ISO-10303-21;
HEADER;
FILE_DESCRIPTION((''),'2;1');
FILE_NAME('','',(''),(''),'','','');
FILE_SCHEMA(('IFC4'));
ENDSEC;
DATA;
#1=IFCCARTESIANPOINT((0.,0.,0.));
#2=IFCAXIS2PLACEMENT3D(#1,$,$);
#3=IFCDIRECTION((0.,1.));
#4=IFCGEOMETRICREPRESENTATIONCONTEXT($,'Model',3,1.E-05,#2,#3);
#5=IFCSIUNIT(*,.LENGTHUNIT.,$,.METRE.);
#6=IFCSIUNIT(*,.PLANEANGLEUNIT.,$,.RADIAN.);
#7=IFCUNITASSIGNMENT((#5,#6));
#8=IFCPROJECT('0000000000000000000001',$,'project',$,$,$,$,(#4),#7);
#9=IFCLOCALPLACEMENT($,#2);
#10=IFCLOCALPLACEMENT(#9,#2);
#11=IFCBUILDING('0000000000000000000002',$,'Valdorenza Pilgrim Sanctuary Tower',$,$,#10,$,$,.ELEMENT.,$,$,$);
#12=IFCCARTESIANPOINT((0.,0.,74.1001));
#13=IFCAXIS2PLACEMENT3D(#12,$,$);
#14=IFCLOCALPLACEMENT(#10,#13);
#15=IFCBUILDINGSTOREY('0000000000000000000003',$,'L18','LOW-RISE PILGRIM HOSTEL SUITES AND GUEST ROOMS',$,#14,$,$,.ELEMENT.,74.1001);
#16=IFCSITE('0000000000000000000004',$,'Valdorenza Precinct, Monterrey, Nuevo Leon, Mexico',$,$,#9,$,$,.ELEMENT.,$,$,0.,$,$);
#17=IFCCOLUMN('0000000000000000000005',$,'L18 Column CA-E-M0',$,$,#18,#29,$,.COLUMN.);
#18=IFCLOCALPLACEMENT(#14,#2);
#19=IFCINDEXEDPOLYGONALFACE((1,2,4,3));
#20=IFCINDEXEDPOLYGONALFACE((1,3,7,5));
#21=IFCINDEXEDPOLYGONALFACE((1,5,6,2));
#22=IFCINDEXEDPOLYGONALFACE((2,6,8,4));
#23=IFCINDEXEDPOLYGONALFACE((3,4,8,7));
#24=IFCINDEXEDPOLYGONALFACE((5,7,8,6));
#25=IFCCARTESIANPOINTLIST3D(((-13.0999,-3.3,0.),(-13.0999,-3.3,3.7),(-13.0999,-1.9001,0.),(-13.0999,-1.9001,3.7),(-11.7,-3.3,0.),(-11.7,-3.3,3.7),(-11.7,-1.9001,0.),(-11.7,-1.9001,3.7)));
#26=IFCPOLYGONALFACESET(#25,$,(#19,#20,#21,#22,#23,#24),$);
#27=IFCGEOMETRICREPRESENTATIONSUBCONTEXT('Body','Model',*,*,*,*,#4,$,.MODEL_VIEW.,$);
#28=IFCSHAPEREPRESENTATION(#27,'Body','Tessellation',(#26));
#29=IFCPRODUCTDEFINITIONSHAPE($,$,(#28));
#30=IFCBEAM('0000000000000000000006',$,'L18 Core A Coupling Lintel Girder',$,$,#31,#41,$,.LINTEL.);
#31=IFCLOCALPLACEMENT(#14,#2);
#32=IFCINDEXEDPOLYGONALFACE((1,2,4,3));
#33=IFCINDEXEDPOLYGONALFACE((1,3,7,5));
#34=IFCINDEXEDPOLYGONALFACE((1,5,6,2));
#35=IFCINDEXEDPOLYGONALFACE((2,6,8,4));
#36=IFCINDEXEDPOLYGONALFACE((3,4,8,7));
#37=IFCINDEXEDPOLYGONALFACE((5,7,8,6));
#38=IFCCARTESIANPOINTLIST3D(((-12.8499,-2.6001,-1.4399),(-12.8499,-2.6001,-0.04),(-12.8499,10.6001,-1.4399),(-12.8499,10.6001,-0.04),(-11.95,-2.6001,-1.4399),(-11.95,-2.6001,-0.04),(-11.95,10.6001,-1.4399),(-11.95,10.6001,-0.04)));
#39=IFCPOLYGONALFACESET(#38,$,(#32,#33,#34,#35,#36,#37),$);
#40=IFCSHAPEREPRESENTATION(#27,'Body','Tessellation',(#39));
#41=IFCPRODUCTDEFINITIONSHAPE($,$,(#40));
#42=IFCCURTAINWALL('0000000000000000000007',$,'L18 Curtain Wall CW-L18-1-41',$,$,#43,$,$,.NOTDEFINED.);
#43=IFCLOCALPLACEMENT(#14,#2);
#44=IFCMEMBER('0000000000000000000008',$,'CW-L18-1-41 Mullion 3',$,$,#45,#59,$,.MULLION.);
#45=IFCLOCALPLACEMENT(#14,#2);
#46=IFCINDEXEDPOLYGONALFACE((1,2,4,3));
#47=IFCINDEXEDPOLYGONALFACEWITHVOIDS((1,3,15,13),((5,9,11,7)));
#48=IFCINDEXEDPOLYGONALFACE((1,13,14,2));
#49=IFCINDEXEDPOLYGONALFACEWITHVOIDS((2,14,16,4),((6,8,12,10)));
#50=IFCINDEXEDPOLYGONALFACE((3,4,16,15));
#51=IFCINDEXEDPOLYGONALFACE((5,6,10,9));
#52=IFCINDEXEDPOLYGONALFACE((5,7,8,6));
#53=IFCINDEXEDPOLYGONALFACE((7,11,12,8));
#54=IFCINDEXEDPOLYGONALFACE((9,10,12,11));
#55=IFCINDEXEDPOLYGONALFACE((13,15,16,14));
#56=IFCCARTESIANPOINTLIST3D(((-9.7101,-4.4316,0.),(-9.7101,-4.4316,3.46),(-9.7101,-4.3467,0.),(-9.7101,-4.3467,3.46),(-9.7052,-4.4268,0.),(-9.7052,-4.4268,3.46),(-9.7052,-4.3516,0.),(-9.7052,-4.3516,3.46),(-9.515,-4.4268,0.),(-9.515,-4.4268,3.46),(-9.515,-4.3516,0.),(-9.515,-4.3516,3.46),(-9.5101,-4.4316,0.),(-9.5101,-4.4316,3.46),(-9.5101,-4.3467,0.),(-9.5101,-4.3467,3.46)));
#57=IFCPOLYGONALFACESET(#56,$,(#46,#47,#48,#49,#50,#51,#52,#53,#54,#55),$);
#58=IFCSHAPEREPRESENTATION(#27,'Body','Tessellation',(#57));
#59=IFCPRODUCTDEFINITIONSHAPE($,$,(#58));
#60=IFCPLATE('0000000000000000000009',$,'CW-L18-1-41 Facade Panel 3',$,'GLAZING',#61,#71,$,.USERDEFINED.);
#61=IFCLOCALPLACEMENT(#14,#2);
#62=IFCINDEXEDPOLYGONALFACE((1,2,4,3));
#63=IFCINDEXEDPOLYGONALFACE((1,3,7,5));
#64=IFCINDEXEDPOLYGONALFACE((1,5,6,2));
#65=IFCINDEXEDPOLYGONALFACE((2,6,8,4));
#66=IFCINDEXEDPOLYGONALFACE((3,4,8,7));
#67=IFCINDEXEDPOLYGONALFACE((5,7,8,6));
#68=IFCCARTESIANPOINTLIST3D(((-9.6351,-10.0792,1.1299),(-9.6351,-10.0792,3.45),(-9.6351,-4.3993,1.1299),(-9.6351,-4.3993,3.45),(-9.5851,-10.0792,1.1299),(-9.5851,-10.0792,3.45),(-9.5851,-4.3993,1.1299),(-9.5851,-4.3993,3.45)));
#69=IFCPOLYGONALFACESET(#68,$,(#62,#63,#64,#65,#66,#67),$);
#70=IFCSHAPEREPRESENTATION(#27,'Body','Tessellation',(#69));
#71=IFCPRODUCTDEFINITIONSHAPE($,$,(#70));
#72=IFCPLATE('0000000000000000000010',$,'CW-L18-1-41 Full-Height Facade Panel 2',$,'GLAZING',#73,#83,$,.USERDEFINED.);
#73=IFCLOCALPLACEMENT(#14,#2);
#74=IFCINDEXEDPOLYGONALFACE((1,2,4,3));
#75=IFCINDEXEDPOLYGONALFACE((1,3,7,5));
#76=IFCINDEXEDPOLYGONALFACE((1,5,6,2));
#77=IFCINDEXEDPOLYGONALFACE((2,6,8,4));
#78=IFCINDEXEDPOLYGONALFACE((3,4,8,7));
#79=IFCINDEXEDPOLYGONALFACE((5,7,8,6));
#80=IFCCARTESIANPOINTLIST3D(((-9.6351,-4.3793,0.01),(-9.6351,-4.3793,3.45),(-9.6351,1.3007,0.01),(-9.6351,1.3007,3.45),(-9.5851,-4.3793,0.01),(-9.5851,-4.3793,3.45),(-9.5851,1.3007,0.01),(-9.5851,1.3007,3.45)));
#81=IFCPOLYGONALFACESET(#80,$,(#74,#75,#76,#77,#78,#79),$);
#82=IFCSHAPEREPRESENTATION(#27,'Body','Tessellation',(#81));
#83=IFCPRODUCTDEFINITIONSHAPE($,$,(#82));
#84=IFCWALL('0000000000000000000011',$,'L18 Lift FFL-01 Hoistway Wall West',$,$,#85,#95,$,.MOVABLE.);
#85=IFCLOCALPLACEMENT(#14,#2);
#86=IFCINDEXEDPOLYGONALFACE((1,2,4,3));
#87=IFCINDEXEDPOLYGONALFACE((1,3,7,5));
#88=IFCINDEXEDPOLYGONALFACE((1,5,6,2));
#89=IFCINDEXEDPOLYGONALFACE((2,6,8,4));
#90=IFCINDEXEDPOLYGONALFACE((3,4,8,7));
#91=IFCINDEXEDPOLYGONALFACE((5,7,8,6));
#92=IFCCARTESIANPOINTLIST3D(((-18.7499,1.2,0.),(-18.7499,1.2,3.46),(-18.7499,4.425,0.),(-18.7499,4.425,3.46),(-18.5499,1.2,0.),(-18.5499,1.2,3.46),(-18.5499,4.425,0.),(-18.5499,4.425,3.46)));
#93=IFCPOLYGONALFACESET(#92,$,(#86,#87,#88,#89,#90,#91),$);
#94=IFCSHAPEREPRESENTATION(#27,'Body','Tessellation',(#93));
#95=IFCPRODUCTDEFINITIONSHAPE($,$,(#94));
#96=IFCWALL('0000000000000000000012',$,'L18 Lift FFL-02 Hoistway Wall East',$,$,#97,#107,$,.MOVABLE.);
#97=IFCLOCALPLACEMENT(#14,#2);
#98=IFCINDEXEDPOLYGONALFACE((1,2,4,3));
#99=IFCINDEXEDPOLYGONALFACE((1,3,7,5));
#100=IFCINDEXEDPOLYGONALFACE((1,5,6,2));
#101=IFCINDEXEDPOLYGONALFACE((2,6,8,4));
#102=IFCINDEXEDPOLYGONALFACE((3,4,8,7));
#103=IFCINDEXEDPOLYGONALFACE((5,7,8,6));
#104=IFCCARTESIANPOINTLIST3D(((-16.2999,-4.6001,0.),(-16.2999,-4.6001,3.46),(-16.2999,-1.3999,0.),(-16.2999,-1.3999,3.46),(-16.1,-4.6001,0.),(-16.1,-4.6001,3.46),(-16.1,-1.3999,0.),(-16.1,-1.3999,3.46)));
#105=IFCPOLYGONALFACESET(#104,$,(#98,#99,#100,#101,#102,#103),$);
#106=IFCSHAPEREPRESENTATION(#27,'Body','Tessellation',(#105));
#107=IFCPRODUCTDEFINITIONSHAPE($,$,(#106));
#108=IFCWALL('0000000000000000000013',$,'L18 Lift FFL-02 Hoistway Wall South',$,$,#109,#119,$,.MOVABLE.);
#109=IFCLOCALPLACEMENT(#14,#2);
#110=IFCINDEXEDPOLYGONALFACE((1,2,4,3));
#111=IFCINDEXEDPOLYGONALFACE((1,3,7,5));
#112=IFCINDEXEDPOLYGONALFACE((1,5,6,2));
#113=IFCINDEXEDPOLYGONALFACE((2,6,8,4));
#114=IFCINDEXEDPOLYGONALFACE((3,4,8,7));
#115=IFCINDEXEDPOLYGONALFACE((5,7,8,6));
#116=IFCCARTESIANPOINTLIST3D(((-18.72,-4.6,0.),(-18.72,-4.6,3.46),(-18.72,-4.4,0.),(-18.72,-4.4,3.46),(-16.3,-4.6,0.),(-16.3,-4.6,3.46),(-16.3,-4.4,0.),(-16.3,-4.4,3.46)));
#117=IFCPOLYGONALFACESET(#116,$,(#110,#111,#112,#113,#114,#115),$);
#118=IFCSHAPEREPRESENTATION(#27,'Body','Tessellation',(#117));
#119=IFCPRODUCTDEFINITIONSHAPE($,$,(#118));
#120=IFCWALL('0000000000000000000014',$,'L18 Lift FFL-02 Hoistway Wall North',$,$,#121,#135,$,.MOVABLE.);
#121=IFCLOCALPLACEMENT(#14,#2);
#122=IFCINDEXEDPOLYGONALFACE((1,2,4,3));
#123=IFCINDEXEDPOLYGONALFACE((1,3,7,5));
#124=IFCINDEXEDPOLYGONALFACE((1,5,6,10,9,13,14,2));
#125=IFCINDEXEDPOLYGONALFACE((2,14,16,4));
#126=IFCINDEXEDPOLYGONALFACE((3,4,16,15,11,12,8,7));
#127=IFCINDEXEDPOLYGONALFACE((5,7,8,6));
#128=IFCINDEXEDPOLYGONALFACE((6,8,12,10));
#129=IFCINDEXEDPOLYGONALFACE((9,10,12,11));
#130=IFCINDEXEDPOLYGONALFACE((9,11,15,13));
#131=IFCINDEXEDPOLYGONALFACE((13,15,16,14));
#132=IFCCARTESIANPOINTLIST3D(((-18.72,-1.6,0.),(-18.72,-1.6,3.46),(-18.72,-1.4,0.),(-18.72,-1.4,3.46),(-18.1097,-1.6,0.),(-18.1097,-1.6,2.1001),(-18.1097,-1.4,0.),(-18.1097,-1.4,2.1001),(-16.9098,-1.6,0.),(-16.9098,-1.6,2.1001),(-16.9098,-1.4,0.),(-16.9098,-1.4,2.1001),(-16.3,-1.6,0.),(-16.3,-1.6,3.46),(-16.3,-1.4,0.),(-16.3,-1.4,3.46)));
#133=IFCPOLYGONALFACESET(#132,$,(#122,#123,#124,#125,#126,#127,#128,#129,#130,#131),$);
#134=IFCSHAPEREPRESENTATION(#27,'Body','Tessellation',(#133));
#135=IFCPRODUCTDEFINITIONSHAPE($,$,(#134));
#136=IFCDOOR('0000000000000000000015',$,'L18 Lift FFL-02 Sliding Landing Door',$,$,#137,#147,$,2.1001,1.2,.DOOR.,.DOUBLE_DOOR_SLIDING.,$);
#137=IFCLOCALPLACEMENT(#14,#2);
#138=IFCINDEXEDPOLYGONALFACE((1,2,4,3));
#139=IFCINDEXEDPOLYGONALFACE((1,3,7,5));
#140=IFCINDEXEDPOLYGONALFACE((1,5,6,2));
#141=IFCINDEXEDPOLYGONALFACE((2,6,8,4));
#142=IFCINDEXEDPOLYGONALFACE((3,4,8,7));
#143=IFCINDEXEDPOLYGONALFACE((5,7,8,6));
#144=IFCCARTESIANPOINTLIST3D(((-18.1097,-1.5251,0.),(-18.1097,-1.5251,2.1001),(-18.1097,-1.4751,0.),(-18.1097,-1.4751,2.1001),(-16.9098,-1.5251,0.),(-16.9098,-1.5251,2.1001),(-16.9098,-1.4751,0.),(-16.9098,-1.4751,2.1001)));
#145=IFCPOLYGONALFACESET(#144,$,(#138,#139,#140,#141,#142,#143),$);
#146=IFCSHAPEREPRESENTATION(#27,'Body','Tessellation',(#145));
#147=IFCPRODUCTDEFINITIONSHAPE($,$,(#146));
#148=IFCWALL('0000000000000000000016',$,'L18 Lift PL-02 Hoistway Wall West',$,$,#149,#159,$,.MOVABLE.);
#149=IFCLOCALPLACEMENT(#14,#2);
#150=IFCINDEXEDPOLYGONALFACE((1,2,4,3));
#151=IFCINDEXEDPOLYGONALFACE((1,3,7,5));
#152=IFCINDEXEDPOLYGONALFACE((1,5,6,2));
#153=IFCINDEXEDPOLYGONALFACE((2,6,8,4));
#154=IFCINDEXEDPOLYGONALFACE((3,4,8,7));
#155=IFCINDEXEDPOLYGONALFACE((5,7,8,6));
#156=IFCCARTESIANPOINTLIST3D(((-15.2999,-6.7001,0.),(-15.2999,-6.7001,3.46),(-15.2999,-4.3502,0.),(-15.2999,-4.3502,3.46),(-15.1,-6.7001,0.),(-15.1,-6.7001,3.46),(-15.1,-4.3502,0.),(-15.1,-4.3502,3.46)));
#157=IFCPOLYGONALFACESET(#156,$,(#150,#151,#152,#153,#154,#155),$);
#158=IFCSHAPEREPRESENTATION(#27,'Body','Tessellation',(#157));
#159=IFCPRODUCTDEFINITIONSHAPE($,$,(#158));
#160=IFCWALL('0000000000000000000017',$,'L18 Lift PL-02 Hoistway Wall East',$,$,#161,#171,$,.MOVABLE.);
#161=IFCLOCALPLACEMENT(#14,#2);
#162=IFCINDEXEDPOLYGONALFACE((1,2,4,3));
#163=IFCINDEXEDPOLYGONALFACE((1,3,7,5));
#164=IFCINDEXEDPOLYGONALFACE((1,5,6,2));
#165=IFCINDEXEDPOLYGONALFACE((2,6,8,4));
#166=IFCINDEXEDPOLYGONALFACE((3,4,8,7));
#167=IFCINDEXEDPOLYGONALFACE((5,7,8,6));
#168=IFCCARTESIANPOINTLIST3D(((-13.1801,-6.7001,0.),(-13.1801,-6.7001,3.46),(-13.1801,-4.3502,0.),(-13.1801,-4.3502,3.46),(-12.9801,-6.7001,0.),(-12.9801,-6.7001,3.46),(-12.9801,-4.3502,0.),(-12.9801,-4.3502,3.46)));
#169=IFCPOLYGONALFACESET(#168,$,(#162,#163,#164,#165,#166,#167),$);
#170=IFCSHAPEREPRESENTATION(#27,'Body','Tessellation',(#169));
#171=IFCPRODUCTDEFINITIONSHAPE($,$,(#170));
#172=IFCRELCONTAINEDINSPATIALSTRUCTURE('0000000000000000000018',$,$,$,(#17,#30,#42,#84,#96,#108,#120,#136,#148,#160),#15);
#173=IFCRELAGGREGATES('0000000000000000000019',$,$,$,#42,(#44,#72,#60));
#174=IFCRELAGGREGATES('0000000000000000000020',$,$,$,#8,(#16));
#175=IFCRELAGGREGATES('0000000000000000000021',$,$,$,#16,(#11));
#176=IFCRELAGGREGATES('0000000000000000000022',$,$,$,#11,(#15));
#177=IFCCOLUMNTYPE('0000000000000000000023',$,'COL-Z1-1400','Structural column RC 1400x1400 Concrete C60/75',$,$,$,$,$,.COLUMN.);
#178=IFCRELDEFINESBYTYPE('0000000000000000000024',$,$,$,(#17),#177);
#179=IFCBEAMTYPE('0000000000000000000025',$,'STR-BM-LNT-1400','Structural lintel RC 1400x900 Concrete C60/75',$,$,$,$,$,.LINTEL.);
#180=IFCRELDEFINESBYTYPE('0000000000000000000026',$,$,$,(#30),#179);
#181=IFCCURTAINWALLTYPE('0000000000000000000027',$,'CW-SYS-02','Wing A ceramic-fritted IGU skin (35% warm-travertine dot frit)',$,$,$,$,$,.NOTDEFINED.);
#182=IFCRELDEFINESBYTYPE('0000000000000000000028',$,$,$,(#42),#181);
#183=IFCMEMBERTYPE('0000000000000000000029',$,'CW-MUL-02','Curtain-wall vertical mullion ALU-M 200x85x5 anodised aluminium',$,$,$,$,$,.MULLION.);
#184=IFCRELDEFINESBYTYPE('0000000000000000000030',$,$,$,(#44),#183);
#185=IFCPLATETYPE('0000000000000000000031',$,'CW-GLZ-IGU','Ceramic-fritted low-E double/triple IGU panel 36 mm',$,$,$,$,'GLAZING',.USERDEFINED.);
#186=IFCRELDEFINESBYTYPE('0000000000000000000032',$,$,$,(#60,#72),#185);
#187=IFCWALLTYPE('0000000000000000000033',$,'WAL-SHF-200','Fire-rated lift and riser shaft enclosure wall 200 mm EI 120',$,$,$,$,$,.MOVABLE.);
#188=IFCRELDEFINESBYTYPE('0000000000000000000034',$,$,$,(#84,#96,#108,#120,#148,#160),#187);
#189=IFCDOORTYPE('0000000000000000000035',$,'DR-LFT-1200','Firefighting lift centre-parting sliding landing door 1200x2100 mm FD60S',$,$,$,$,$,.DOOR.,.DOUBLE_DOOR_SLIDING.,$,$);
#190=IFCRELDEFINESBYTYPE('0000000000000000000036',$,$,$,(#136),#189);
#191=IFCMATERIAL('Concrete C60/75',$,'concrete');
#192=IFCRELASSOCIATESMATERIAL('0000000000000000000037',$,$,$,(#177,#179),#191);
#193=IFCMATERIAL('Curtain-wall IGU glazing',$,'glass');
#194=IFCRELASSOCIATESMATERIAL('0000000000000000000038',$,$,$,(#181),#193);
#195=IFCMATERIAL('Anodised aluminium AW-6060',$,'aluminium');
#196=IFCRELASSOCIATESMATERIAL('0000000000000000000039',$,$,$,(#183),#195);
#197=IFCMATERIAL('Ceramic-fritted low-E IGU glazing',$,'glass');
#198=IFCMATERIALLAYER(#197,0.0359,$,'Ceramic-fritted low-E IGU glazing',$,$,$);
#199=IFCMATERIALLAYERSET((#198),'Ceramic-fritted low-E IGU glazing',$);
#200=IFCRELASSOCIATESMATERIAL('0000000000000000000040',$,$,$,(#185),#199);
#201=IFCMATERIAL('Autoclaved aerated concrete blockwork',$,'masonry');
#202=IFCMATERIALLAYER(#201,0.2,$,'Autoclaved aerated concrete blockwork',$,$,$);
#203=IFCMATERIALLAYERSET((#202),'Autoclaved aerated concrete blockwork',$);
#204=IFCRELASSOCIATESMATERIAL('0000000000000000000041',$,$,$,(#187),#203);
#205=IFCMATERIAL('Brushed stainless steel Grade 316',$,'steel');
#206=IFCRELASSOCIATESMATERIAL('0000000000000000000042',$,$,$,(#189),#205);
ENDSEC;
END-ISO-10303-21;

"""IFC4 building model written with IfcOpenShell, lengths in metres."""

from ifc_helpers import new_model, si_unit, direction, frame, frame_2d, origin, origin_2d, place, context, subcontext, project, spatial, rectangle, hollow_rectangle, extrude, source, transform, mapped, material, layer, layer_set, material_profile, profile_set, type_object, element, fill, aggregate, save


model = new_model("IFC4")

# Units and contexts
model_context = context("Model", 3, precision=1e-05, world=origin(), true_north=direction((0.0, 1.0)))
body_context = subcontext(model_context, "Body", "Model", "MODEL_VIEW")
ifc_project = project(units=[si_unit("LENGTHUNIT", "METRE"), si_unit("PLANEANGLEUNIT", "RADIAN")], contexts=[model_context])

# Site, building, storey
site_placement = place(None, origin())
site = spatial("IfcSite", under=ifc_project, at=site_placement, Name="Valdorenza Precinct, Monterrey, Nuevo Leon, Mexico", CompositionType="ELEMENT", RefElevation=0.0)
building_placement = place(site_placement, origin())
building = spatial("IfcBuilding", under=site, at=building_placement, Name="Valdorenza Pilgrim Sanctuary Tower", CompositionType="ELEMENT")
storey_placement = place(building_placement, frame((0.0, 0.0, 74.1001)))
storey = spatial("IfcBuildingStorey", under=building, at=storey_placement, Name="L18", Description="LOW-RISE PILGRIM HOSTEL SUITES AND GUEST ROOMS", CompositionType="ELEMENT", Elevation=74.1001)

# Column
ifc_material_1 = material(Name="Concrete C60/75", Category="concrete")
ifc_material_profile_1 = material_profile(ifc_material_1, rectangle(XDim=1.3999, YDim=1.3999, at=origin_2d()), Name="RC 1400x1400")
ifc_profile_set_1 = profile_set([ifc_material_profile_1], Name="Concrete C60/75")
column_type = type_object("IfcColumnType", Name="COL-Z1-1400", Description="Structural column RC 1400x1400 Concrete C60/75", PredefinedType="COLUMN", material=ifc_profile_set_1)
shared_shape_1 = source(origin(), body_context, "Body", "SweptSolid", [
    extrude(rectangle(XDim=1.3999, YDim=1.3999, at=origin_2d()), origin(), (0.0, 0.0, 1.0), 3.7),
])
column_placement = place(storey_placement, frame((-12.3999, -2.6001, 0.0), z_axis=(0.0, 0.0, 1.0), x_axis=(1.0, 0.0, 0.0)))
element("IfcColumn", 1, at=column_placement, inside=storey, type_object=column_type, Name="L18 Column CA-E-M0", PredefinedType="COLUMN", context=body_context, shape_type="MappedRepresentation", body=[
    mapped(shared_shape_1, transform((0.0, 0.0, 0.0), x_axis=(1.0, 0.0, 0.0), y_axis=(0.0, 1.0, 0.0), z_axis=(0.0, 0.0, 1.0), scale=1.0)),
])

# Beam
ifc_material_profile_2 = material_profile(ifc_material_1, rectangle(XDim=0.8999, YDim=1.3999, at=origin_2d()), Name="RC 1400x900")
ifc_profile_set_2 = profile_set([ifc_material_profile_2], Name="Concrete C60/75")
beam_type = type_object("IfcBeamType", Name="STR-BM-LNT-1400", Description="Structural lintel RC 1400x900 Concrete C60/75", PredefinedType="LINTEL", material=ifc_profile_set_2)
shared_shape_2 = source(origin(), body_context, "Body", "SweptSolid", [
    extrude(rectangle(XDim=0.8999, YDim=1.3999, at=origin_2d()), origin(), (0.0, 0.0, 1.0), 13.2002),
])
beam_placement = place(storey_placement, frame((-12.3999, -2.6001, -0.74), z_axis=(0.0, 1.0, 0.0), x_axis=(-1.0, 0.0, 0.0)))
element("IfcBeam", 2, at=beam_placement, inside=storey, type_object=beam_type, Name="L18 Core A Coupling Lintel Girder", PredefinedType="LINTEL", context=body_context, shape_type="MappedRepresentation", body=[
    mapped(shared_shape_2, transform((0.0, 0.0, 0.0), x_axis=(1.0, 0.0, 0.0), y_axis=(0.0, 1.0, 0.0), z_axis=(0.0, 0.0, 1.0), scale=1.0)),
])

# Curtain wall, member, plates
ifc_material_2 = material(Name="Curtain-wall IGU glazing", Category="glass")
curtain_wall_type = type_object("IfcCurtainWallType", Name="CW-SYS-02", Description="Wing A ceramic-fritted IGU skin (35% warm-travertine dot frit)", PredefinedType="NOTDEFINED", material=ifc_material_2)
curtain_wall_placement = place(storey_placement, origin())
curtain_wall = element("IfcCurtainWall", 3, at=curtain_wall_placement, inside=storey, type_object=curtain_wall_type, Name="L18 Curtain Wall CW-L18-1-41", PredefinedType="NOTDEFINED")
ifc_material_3 = material(Name="Anodised aluminium AW-6060", Category="aluminium")
ifc_material_profile_3 = material_profile(ifc_material_3, hollow_rectangle(XDim=0.085, YDim=0.2, WallThickness=0.0049, at=origin_2d()), Name="ALU-M 200x85x5")
ifc_profile_set_3 = profile_set([ifc_material_profile_3], Name="Anodised aluminium AW-6060")
member_type = type_object("IfcMemberType", Name="CW-MUL-02", Description="Curtain-wall vertical mullion ALU-M 200x85x5 anodised aluminium", PredefinedType="MULLION", material=ifc_profile_set_3)
shared_shape_3 = source(origin(), body_context, "Body", "SweptSolid", [
    extrude(hollow_rectangle(XDim=0.085, YDim=0.2, WallThickness=0.0049, at=origin_2d()), origin(), (0.0, 0.0, 1.0), 3.46),
])
member_placement = place(storey_placement, frame((-9.6101, -4.3892, 0.0), z_axis=(0.0, 0.0, 1.0), x_axis=(0.0, -1.0, 0.0)))
member = element("IfcMember", 4, at=member_placement, type_object=member_type, Name="CW-L18-1-41 Mullion 3", PredefinedType="MULLION", context=body_context, shape_type="MappedRepresentation", body=[
    mapped(shared_shape_3, transform((0.0, 0.0, 0.0), x_axis=(1.0, 0.0, 0.0), y_axis=(0.0, 1.0, 0.0), z_axis=(0.0, 0.0, 1.0), scale=1.0)),
])
ifc_material_4 = material(Name="Ceramic-fritted low-E IGU glazing", Category="glass")
ifc_layer_1 = layer(ifc_material_4, 0.0359, Name="Ceramic-fritted low-E IGU glazing")
ifc_layer_set_1 = layer_set([ifc_layer_1], Name="Ceramic-fritted low-E IGU glazing")
plate_type = type_object("IfcPlateType", Name="CW-GLZ-IGU", Description="Ceramic-fritted low-E double/triple IGU panel 36 mm", ElementType="GLAZING", PredefinedType="USERDEFINED", material=ifc_layer_set_1)
shared_shape_4 = source(origin(), body_context, "Body", "SweptSolid", [
    extrude(rectangle(XDim=5.6799, YDim=0.05, at=origin_2d()), origin(), (0.0, 0.0, 1.0), 2.3201),
])
plate_1_placement = place(storey_placement, frame((-9.6101, -7.2393, 1.1299), z_axis=(0.0, 0.0, 1.0), x_axis=(0.0, -1.0, 0.0)))
plate_1 = element("IfcPlate", 5, at=plate_1_placement, type_object=plate_type, Name="CW-L18-1-41 Facade Panel 3", ObjectType="GLAZING", PredefinedType="USERDEFINED", context=body_context, shape_type="MappedRepresentation", body=[
    mapped(shared_shape_4, transform((0.0, 0.0, 0.0), x_axis=(1.0, 0.0, 0.0), y_axis=(0.0, 1.0, 0.0), z_axis=(0.0, 0.0, 1.0), scale=1.0)),
])
shared_shape_5 = source(origin(), body_context, "Body", "SweptSolid", [
    extrude(rectangle(XDim=5.6799, YDim=0.05, at=origin_2d()), origin(), (0.0, 0.0, 1.0), 3.4399),
])
plate_2_placement = place(storey_placement, frame((-9.6101, -1.5393, 0.01), z_axis=(0.0, 0.0, 1.0), x_axis=(0.0, -1.0, 0.0)))
plate_2 = element("IfcPlate", 6, at=plate_2_placement, type_object=plate_type, Name="CW-L18-1-41 Full-Height Facade Panel 2", ObjectType="GLAZING", PredefinedType="USERDEFINED", context=body_context, shape_type="MappedRepresentation", body=[
    mapped(shared_shape_5, transform((0.0, 0.0, 0.0), x_axis=(1.0, 0.0, 0.0), y_axis=(0.0, 1.0, 0.0), z_axis=(0.0, 0.0, 1.0), scale=1.0)),
])
aggregate(curtain_wall, [member, plate_2, plate_1])

# Walls
ifc_material_5 = material(Name="Autoclaved aerated concrete blockwork", Category="masonry")
ifc_layer_2 = layer(ifc_material_5, 0.2, Name="Autoclaved aerated concrete blockwork")
ifc_layer_set_2 = layer_set([ifc_layer_2], Name="Autoclaved aerated concrete blockwork")
wall_type_1 = type_object("IfcWallType", Name="WAL-SHF-200", Description="Fire-rated lift and riser shaft enclosure wall 200 mm EI 120", PredefinedType="MOVABLE", material=ifc_layer_set_2)
wall_1_placement = place(storey_placement, frame((-18.6499, 1.2, 0.0), z_axis=(0.0, 0.0, 1.0), x_axis=(0.0, 1.0, 0.0)))
element("IfcWall", 7, at=wall_1_placement, inside=storey, type_object=wall_type_1, Name="L18 Lift FFL-01 Hoistway Wall West", PredefinedType="MOVABLE", context=body_context, shape_type="SweptSolid", body=[
    extrude(rectangle(XDim=3.2251, YDim=0.2, at=frame_2d((1.6125, 0.0))), origin(), (0.0, 0.0, 1.0), 3.46),
])
wall_2_placement = place(storey_placement, frame((-16.2, -4.6001, 0.0), z_axis=(0.0, 0.0, 1.0), x_axis=(0.0, 1.0, 0.0)))
element("IfcWall", 8, at=wall_2_placement, inside=storey, type_object=wall_type_1, Name="L18 Lift FFL-02 Hoistway Wall East", PredefinedType="MOVABLE", context=body_context, shape_type="SweptSolid", body=[
    extrude(rectangle(XDim=3.2002, YDim=0.2, at=frame_2d((1.6001, 0.0))), origin(), (0.0, 0.0, 1.0), 3.46),
])
wall_3_placement = place(storey_placement, frame((-18.72, -4.5, 0.0), z_axis=(0.0, 0.0, 1.0), x_axis=(1.0, 0.0, 0.0)))
element("IfcWall", 9, at=wall_3_placement, inside=storey, type_object=wall_type_1, Name="L18 Lift FFL-02 Hoistway Wall South", PredefinedType="MOVABLE", context=body_context, shape_type="SweptSolid", body=[
    extrude(rectangle(XDim=2.4199, YDim=0.2, at=frame_2d((1.21, 0.0))), origin(), (0.0, 0.0, 1.0), 3.46),
])

# Wall, opening, door
wall_4_placement = place(storey_placement, frame((-18.72, -1.5, 0.0), z_axis=(0.0, 0.0, 1.0), x_axis=(1.0, 0.0, 0.0)))
wall_4 = element("IfcWall", 10, at=wall_4_placement, inside=storey, type_object=wall_type_1, Name="L18 Lift FFL-02 Hoistway Wall North", PredefinedType="MOVABLE", context=body_context, shape_type="SweptSolid", body=[
    extrude(rectangle(XDim=2.4199, YDim=0.2, at=frame_2d((1.21, 0.0))), origin(), (0.0, 0.0, 1.0), 3.46),
])
opening_1_placement = place(wall_4_placement, frame((0.6101, 0.0, 0.0)))
opening_1 = element("IfcOpeningElement", 11, at=opening_1_placement, cuts=wall_4, PredefinedType="OPENING", context=body_context, shape_type="SweptSolid", body=[
    extrude(rectangle(XDim=1.2, YDim=2.1001, at=frame_2d((0.6001, 1.05))), frame((0.0, 0.1147, 0.0), z_axis=(0.0, -1.0, 0.0), x_axis=(1.0, 0.0, 0.0)), (0.0, 0.0, 1.0), 0.2297),
])
ifc_material_6 = material(Name="Brushed stainless steel Grade 316", Category="steel")
door_type_1 = type_object("IfcDoorType", Name="DR-LFT-1200", Description="Firefighting lift centre-parting sliding landing door 1200x2100 mm FD60S", OperationType="DOUBLE_DOOR_SLIDING", PredefinedType="DOOR", material=ifc_material_6)
door_1_placement = place(opening_1_placement, origin())
door_1 = element("IfcDoor", 12, at=door_1_placement, inside=storey, type_object=door_type_1, Name="L18 Lift FFL-02 Sliding Landing Door", OperationType="DOUBLE_DOOR_SLIDING", OverallHeight=2.1001, OverallWidth=1.2, PredefinedType="DOOR", context=body_context, shape_type="SweptSolid", body=[
    extrude(rectangle(XDim=1.2, YDim=2.1001, at=frame_2d((0.6001, 1.05))), frame((0.0, 0.0249, 0.0), z_axis=(0.0, -1.0, 0.0), x_axis=(1.0, 0.0, 0.0)), (0.0, 0.0, 1.0), 0.05),
])
fill(opening_1, door_1)

# Walls
for number, where, z_axis, x_axis, name in (
    (13, (-15.2, -6.7, 0.0), (0.0, 0.0, 1.0), (0.0, 1.0, 0.0), "L18 Lift PL-02 Hoistway Wall West"),
    (14, (-13.0801, -6.7, 0.0), (0.0, 0.0, 1.0), (0.0, 1.0, 0.0), "L18 Lift PL-02 Hoistway Wall East"),
):
    element("IfcWall", number, at=place(storey_placement, frame(where, z_axis=z_axis, x_axis=x_axis)), inside=storey, type_object=wall_type_1, Name=name, PredefinedType="MOVABLE", context=body_context, shape_type="SweptSolid", body=[
        extrude(rectangle(XDim=2.3499, YDim=0.2, at=frame_2d((1.1748, 0.0))), origin(), (0.0, 0.0, 1.0), 3.46),
    ])

save(model, "model.ifc")
